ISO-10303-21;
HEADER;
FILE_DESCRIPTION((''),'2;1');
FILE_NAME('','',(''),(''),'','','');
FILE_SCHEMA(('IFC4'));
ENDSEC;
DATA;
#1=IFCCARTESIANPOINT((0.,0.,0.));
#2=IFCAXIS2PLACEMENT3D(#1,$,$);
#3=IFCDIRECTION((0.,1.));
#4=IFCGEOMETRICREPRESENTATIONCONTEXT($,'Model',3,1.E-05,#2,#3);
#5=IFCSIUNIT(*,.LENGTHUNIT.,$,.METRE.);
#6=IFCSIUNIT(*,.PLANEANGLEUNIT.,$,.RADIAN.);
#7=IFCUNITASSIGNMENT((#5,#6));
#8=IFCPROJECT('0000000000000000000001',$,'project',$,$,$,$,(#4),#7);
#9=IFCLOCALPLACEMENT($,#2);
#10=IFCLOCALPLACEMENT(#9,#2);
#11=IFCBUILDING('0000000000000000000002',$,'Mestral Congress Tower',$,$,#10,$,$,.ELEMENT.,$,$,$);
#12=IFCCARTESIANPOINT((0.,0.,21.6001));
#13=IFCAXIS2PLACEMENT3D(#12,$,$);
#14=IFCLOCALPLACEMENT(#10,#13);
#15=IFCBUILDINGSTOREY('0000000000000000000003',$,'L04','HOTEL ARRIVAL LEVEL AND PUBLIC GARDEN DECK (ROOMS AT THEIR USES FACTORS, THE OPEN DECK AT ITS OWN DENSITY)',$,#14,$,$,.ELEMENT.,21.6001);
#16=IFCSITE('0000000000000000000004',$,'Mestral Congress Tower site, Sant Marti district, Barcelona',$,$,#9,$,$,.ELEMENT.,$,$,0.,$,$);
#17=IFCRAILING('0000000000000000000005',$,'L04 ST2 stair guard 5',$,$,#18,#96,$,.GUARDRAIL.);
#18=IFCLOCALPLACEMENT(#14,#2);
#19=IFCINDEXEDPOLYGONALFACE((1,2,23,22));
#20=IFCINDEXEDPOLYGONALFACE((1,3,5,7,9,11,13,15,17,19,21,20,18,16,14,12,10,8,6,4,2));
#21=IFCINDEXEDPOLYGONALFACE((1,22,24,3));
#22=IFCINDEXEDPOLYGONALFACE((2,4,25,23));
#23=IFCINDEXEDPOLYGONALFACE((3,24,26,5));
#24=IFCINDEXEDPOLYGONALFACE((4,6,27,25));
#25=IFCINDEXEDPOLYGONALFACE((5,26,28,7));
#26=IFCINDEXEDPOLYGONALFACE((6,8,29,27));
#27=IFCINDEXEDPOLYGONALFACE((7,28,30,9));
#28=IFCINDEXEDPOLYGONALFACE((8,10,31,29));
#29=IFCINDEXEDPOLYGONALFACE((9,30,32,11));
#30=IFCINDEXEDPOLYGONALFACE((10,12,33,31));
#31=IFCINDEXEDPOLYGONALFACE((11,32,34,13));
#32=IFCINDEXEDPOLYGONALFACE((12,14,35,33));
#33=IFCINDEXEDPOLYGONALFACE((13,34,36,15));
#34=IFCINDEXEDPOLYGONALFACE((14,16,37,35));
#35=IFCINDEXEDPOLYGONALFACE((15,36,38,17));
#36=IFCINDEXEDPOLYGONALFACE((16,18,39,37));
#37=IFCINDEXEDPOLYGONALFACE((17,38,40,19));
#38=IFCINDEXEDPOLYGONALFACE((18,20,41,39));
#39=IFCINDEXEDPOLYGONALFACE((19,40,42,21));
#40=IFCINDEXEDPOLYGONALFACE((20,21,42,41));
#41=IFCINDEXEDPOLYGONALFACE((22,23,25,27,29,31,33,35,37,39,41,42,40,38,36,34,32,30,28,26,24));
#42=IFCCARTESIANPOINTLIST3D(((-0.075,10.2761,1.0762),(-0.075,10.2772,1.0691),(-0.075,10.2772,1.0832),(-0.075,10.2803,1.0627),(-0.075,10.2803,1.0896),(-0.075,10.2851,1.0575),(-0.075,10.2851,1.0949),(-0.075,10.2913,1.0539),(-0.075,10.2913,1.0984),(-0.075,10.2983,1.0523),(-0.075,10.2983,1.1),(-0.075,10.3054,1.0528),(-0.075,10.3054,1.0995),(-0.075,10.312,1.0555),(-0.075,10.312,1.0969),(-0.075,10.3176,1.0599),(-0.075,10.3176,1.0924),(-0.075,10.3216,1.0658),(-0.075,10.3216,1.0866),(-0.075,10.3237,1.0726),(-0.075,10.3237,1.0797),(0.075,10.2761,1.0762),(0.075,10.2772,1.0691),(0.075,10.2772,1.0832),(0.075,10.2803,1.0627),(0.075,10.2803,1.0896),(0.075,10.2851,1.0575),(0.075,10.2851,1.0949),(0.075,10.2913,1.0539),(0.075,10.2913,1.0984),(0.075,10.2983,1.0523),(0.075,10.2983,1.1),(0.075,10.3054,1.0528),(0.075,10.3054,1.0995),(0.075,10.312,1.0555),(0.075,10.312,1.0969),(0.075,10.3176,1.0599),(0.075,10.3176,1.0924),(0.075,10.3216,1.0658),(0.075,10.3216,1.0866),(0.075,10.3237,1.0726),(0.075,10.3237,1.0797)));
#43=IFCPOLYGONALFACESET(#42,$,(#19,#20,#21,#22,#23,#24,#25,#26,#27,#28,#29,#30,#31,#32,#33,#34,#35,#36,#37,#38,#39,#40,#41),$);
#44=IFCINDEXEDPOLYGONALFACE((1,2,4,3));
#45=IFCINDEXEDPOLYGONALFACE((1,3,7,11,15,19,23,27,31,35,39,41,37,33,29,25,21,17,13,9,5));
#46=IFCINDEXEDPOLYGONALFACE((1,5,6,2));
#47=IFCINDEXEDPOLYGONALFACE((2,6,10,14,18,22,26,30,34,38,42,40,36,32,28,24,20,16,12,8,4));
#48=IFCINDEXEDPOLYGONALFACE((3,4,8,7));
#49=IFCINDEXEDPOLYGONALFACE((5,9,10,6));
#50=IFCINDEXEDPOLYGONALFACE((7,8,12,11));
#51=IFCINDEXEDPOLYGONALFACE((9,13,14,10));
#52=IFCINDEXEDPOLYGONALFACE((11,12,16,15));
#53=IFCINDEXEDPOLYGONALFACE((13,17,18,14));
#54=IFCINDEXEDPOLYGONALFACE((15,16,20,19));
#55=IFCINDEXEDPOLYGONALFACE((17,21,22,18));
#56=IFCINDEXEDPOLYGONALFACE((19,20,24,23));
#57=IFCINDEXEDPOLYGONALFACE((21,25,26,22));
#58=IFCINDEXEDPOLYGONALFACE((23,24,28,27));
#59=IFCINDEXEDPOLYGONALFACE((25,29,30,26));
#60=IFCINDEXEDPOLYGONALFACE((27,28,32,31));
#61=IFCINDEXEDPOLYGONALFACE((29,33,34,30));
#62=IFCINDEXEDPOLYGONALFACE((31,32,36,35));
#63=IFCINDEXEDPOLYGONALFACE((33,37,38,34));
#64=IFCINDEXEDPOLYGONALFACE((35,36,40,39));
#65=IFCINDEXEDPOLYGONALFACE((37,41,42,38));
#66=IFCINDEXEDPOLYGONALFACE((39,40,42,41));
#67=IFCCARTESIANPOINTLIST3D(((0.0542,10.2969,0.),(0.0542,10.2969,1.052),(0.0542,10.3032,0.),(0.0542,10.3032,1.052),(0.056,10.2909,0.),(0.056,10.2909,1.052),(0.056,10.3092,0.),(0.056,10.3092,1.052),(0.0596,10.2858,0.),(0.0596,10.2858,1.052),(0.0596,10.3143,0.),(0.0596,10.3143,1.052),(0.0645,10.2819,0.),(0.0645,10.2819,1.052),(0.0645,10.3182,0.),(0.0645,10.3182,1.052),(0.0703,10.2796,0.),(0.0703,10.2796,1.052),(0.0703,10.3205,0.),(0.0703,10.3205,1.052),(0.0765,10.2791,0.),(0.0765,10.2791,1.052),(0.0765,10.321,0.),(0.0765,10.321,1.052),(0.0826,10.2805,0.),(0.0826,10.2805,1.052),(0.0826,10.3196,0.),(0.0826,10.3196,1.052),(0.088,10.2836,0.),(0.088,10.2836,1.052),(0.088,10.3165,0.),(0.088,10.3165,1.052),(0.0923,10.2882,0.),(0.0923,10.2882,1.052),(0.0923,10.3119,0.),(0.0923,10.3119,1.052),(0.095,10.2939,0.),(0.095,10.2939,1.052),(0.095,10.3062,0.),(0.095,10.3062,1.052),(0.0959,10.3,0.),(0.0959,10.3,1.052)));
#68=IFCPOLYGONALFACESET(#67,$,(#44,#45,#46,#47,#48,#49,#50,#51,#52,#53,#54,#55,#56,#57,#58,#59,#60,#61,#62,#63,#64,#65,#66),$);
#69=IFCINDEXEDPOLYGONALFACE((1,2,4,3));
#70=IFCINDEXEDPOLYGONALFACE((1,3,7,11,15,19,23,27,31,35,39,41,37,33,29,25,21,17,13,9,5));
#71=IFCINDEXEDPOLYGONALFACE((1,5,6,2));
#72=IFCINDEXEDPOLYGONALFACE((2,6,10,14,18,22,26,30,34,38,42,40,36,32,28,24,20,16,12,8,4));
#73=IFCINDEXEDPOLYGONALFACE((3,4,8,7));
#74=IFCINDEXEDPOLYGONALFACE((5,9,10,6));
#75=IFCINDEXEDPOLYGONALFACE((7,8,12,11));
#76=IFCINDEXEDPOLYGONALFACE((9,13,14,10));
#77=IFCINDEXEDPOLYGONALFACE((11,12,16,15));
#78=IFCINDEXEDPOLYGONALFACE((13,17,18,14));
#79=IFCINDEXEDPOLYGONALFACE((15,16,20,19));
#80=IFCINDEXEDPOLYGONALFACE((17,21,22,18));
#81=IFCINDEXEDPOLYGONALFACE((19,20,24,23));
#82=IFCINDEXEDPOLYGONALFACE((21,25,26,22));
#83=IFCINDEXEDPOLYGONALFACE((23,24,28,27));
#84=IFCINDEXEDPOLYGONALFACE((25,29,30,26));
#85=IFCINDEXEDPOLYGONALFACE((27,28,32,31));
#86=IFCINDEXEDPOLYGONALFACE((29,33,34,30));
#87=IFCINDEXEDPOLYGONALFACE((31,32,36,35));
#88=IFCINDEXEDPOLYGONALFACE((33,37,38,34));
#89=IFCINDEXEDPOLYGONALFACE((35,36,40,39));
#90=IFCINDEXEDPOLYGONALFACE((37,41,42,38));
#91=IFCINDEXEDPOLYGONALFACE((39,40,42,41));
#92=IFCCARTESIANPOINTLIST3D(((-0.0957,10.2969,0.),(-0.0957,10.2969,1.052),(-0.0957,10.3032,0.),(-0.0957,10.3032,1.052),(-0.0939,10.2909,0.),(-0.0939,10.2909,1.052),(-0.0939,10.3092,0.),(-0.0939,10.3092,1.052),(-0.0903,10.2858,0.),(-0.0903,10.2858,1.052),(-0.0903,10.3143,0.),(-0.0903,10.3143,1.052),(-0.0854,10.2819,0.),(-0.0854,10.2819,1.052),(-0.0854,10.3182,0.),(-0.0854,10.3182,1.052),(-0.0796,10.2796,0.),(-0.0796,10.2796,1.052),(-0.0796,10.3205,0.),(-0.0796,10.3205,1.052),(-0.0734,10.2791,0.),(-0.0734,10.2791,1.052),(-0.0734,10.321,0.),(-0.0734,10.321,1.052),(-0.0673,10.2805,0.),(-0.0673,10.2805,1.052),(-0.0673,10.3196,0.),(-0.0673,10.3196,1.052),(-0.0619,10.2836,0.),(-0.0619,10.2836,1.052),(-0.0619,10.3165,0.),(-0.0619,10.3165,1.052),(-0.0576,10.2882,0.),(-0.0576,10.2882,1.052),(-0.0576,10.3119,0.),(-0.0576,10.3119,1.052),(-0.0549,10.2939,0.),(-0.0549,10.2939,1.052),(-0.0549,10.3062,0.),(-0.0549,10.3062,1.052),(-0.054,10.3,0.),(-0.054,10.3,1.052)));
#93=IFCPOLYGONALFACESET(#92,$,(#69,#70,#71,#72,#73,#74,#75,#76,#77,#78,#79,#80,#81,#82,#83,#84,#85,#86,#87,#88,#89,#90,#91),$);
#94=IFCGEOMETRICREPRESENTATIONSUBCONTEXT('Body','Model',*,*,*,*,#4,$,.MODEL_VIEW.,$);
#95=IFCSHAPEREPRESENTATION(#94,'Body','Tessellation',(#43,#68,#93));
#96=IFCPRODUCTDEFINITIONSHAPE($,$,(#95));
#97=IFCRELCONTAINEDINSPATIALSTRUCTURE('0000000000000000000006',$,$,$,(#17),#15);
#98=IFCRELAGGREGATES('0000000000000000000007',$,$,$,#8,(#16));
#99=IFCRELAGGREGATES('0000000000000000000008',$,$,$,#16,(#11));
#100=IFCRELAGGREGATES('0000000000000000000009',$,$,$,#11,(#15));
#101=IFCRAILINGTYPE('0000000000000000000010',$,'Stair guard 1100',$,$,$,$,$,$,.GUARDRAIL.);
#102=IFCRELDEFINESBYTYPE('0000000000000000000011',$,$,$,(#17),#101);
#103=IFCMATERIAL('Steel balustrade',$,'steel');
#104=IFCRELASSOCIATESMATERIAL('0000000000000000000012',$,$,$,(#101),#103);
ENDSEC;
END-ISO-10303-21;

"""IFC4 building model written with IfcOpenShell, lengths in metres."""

from ifc_helpers import new_model, si_unit, direction, frame, origin, origin_2d, place, context, subcontext, project, spatial, circle, extrude, material, type_object, element, save


model = new_model("IFC4")

# Units and contexts
model_context = context("Model", 3, precision=1e-05, world=origin(), true_north=direction((0.0, 1.0)))
body_context = subcontext(model_context, "Body", "Model", "MODEL_VIEW")
ifc_project = project(units=[si_unit("LENGTHUNIT", "METRE"), si_unit("PLANEANGLEUNIT", "RADIAN")], contexts=[model_context])

# Site, building, storey
site_placement = place(None, origin())
site = spatial("IfcSite", under=ifc_project, at=site_placement, Name="Mestral Congress Tower site, Sant Marti district, Barcelona", CompositionType="ELEMENT", RefElevation=0.0)
building_placement = place(site_placement, origin())
building = spatial("IfcBuilding", under=site, at=building_placement, Name="Mestral Congress Tower", CompositionType="ELEMENT")
storey_placement = place(building_placement, frame((0.0, 0.0, 21.6001)))
storey = spatial("IfcBuildingStorey", under=building, at=storey_placement, Name="L04", Description="HOTEL ARRIVAL LEVEL AND PUBLIC GARDEN DECK (ROOMS AT THEIR USES FACTORS, THE OPEN DECK AT ITS OWN DENSITY)", CompositionType="ELEMENT", Elevation=21.6001)

# Railing
ifc_material_1 = material(Name="Steel balustrade", Category="steel")
railing_type_1 = type_object("IfcRailingType", Name="Stair guard 1100", PredefinedType="GUARDRAIL", material=ifc_material_1)
railing_1_placement = place(storey_placement, frame((0.075, 10.3, 0.0)))
element("IfcRailing", 1, at=railing_1_placement, inside=storey, type_object=railing_type_1, Name="L04 ST2 stair guard 5", PredefinedType="GUARDRAIL", context=body_context, shape_type="SweptSolid", body=[
    extrude(circle(Radius=0.0239, at=origin_2d()), frame((0.0, 0.0, 1.0762), z_axis=(-1.0, 0.0, 0.0), x_axis=(0.0, -1.0, 0.0)), (0.0, 0.0, 1.0), 0.1499),
    extrude(circle(Radius=0.021, at=origin_2d()), origin(), (0.0, 0.0, 1.0), 1.052),
    extrude(circle(Radius=0.021, at=origin_2d()), frame((-0.1499, 0.0, 0.0)), (0.0, 0.0, 1.0), 1.052),
])

save(model, "model.ifc")
